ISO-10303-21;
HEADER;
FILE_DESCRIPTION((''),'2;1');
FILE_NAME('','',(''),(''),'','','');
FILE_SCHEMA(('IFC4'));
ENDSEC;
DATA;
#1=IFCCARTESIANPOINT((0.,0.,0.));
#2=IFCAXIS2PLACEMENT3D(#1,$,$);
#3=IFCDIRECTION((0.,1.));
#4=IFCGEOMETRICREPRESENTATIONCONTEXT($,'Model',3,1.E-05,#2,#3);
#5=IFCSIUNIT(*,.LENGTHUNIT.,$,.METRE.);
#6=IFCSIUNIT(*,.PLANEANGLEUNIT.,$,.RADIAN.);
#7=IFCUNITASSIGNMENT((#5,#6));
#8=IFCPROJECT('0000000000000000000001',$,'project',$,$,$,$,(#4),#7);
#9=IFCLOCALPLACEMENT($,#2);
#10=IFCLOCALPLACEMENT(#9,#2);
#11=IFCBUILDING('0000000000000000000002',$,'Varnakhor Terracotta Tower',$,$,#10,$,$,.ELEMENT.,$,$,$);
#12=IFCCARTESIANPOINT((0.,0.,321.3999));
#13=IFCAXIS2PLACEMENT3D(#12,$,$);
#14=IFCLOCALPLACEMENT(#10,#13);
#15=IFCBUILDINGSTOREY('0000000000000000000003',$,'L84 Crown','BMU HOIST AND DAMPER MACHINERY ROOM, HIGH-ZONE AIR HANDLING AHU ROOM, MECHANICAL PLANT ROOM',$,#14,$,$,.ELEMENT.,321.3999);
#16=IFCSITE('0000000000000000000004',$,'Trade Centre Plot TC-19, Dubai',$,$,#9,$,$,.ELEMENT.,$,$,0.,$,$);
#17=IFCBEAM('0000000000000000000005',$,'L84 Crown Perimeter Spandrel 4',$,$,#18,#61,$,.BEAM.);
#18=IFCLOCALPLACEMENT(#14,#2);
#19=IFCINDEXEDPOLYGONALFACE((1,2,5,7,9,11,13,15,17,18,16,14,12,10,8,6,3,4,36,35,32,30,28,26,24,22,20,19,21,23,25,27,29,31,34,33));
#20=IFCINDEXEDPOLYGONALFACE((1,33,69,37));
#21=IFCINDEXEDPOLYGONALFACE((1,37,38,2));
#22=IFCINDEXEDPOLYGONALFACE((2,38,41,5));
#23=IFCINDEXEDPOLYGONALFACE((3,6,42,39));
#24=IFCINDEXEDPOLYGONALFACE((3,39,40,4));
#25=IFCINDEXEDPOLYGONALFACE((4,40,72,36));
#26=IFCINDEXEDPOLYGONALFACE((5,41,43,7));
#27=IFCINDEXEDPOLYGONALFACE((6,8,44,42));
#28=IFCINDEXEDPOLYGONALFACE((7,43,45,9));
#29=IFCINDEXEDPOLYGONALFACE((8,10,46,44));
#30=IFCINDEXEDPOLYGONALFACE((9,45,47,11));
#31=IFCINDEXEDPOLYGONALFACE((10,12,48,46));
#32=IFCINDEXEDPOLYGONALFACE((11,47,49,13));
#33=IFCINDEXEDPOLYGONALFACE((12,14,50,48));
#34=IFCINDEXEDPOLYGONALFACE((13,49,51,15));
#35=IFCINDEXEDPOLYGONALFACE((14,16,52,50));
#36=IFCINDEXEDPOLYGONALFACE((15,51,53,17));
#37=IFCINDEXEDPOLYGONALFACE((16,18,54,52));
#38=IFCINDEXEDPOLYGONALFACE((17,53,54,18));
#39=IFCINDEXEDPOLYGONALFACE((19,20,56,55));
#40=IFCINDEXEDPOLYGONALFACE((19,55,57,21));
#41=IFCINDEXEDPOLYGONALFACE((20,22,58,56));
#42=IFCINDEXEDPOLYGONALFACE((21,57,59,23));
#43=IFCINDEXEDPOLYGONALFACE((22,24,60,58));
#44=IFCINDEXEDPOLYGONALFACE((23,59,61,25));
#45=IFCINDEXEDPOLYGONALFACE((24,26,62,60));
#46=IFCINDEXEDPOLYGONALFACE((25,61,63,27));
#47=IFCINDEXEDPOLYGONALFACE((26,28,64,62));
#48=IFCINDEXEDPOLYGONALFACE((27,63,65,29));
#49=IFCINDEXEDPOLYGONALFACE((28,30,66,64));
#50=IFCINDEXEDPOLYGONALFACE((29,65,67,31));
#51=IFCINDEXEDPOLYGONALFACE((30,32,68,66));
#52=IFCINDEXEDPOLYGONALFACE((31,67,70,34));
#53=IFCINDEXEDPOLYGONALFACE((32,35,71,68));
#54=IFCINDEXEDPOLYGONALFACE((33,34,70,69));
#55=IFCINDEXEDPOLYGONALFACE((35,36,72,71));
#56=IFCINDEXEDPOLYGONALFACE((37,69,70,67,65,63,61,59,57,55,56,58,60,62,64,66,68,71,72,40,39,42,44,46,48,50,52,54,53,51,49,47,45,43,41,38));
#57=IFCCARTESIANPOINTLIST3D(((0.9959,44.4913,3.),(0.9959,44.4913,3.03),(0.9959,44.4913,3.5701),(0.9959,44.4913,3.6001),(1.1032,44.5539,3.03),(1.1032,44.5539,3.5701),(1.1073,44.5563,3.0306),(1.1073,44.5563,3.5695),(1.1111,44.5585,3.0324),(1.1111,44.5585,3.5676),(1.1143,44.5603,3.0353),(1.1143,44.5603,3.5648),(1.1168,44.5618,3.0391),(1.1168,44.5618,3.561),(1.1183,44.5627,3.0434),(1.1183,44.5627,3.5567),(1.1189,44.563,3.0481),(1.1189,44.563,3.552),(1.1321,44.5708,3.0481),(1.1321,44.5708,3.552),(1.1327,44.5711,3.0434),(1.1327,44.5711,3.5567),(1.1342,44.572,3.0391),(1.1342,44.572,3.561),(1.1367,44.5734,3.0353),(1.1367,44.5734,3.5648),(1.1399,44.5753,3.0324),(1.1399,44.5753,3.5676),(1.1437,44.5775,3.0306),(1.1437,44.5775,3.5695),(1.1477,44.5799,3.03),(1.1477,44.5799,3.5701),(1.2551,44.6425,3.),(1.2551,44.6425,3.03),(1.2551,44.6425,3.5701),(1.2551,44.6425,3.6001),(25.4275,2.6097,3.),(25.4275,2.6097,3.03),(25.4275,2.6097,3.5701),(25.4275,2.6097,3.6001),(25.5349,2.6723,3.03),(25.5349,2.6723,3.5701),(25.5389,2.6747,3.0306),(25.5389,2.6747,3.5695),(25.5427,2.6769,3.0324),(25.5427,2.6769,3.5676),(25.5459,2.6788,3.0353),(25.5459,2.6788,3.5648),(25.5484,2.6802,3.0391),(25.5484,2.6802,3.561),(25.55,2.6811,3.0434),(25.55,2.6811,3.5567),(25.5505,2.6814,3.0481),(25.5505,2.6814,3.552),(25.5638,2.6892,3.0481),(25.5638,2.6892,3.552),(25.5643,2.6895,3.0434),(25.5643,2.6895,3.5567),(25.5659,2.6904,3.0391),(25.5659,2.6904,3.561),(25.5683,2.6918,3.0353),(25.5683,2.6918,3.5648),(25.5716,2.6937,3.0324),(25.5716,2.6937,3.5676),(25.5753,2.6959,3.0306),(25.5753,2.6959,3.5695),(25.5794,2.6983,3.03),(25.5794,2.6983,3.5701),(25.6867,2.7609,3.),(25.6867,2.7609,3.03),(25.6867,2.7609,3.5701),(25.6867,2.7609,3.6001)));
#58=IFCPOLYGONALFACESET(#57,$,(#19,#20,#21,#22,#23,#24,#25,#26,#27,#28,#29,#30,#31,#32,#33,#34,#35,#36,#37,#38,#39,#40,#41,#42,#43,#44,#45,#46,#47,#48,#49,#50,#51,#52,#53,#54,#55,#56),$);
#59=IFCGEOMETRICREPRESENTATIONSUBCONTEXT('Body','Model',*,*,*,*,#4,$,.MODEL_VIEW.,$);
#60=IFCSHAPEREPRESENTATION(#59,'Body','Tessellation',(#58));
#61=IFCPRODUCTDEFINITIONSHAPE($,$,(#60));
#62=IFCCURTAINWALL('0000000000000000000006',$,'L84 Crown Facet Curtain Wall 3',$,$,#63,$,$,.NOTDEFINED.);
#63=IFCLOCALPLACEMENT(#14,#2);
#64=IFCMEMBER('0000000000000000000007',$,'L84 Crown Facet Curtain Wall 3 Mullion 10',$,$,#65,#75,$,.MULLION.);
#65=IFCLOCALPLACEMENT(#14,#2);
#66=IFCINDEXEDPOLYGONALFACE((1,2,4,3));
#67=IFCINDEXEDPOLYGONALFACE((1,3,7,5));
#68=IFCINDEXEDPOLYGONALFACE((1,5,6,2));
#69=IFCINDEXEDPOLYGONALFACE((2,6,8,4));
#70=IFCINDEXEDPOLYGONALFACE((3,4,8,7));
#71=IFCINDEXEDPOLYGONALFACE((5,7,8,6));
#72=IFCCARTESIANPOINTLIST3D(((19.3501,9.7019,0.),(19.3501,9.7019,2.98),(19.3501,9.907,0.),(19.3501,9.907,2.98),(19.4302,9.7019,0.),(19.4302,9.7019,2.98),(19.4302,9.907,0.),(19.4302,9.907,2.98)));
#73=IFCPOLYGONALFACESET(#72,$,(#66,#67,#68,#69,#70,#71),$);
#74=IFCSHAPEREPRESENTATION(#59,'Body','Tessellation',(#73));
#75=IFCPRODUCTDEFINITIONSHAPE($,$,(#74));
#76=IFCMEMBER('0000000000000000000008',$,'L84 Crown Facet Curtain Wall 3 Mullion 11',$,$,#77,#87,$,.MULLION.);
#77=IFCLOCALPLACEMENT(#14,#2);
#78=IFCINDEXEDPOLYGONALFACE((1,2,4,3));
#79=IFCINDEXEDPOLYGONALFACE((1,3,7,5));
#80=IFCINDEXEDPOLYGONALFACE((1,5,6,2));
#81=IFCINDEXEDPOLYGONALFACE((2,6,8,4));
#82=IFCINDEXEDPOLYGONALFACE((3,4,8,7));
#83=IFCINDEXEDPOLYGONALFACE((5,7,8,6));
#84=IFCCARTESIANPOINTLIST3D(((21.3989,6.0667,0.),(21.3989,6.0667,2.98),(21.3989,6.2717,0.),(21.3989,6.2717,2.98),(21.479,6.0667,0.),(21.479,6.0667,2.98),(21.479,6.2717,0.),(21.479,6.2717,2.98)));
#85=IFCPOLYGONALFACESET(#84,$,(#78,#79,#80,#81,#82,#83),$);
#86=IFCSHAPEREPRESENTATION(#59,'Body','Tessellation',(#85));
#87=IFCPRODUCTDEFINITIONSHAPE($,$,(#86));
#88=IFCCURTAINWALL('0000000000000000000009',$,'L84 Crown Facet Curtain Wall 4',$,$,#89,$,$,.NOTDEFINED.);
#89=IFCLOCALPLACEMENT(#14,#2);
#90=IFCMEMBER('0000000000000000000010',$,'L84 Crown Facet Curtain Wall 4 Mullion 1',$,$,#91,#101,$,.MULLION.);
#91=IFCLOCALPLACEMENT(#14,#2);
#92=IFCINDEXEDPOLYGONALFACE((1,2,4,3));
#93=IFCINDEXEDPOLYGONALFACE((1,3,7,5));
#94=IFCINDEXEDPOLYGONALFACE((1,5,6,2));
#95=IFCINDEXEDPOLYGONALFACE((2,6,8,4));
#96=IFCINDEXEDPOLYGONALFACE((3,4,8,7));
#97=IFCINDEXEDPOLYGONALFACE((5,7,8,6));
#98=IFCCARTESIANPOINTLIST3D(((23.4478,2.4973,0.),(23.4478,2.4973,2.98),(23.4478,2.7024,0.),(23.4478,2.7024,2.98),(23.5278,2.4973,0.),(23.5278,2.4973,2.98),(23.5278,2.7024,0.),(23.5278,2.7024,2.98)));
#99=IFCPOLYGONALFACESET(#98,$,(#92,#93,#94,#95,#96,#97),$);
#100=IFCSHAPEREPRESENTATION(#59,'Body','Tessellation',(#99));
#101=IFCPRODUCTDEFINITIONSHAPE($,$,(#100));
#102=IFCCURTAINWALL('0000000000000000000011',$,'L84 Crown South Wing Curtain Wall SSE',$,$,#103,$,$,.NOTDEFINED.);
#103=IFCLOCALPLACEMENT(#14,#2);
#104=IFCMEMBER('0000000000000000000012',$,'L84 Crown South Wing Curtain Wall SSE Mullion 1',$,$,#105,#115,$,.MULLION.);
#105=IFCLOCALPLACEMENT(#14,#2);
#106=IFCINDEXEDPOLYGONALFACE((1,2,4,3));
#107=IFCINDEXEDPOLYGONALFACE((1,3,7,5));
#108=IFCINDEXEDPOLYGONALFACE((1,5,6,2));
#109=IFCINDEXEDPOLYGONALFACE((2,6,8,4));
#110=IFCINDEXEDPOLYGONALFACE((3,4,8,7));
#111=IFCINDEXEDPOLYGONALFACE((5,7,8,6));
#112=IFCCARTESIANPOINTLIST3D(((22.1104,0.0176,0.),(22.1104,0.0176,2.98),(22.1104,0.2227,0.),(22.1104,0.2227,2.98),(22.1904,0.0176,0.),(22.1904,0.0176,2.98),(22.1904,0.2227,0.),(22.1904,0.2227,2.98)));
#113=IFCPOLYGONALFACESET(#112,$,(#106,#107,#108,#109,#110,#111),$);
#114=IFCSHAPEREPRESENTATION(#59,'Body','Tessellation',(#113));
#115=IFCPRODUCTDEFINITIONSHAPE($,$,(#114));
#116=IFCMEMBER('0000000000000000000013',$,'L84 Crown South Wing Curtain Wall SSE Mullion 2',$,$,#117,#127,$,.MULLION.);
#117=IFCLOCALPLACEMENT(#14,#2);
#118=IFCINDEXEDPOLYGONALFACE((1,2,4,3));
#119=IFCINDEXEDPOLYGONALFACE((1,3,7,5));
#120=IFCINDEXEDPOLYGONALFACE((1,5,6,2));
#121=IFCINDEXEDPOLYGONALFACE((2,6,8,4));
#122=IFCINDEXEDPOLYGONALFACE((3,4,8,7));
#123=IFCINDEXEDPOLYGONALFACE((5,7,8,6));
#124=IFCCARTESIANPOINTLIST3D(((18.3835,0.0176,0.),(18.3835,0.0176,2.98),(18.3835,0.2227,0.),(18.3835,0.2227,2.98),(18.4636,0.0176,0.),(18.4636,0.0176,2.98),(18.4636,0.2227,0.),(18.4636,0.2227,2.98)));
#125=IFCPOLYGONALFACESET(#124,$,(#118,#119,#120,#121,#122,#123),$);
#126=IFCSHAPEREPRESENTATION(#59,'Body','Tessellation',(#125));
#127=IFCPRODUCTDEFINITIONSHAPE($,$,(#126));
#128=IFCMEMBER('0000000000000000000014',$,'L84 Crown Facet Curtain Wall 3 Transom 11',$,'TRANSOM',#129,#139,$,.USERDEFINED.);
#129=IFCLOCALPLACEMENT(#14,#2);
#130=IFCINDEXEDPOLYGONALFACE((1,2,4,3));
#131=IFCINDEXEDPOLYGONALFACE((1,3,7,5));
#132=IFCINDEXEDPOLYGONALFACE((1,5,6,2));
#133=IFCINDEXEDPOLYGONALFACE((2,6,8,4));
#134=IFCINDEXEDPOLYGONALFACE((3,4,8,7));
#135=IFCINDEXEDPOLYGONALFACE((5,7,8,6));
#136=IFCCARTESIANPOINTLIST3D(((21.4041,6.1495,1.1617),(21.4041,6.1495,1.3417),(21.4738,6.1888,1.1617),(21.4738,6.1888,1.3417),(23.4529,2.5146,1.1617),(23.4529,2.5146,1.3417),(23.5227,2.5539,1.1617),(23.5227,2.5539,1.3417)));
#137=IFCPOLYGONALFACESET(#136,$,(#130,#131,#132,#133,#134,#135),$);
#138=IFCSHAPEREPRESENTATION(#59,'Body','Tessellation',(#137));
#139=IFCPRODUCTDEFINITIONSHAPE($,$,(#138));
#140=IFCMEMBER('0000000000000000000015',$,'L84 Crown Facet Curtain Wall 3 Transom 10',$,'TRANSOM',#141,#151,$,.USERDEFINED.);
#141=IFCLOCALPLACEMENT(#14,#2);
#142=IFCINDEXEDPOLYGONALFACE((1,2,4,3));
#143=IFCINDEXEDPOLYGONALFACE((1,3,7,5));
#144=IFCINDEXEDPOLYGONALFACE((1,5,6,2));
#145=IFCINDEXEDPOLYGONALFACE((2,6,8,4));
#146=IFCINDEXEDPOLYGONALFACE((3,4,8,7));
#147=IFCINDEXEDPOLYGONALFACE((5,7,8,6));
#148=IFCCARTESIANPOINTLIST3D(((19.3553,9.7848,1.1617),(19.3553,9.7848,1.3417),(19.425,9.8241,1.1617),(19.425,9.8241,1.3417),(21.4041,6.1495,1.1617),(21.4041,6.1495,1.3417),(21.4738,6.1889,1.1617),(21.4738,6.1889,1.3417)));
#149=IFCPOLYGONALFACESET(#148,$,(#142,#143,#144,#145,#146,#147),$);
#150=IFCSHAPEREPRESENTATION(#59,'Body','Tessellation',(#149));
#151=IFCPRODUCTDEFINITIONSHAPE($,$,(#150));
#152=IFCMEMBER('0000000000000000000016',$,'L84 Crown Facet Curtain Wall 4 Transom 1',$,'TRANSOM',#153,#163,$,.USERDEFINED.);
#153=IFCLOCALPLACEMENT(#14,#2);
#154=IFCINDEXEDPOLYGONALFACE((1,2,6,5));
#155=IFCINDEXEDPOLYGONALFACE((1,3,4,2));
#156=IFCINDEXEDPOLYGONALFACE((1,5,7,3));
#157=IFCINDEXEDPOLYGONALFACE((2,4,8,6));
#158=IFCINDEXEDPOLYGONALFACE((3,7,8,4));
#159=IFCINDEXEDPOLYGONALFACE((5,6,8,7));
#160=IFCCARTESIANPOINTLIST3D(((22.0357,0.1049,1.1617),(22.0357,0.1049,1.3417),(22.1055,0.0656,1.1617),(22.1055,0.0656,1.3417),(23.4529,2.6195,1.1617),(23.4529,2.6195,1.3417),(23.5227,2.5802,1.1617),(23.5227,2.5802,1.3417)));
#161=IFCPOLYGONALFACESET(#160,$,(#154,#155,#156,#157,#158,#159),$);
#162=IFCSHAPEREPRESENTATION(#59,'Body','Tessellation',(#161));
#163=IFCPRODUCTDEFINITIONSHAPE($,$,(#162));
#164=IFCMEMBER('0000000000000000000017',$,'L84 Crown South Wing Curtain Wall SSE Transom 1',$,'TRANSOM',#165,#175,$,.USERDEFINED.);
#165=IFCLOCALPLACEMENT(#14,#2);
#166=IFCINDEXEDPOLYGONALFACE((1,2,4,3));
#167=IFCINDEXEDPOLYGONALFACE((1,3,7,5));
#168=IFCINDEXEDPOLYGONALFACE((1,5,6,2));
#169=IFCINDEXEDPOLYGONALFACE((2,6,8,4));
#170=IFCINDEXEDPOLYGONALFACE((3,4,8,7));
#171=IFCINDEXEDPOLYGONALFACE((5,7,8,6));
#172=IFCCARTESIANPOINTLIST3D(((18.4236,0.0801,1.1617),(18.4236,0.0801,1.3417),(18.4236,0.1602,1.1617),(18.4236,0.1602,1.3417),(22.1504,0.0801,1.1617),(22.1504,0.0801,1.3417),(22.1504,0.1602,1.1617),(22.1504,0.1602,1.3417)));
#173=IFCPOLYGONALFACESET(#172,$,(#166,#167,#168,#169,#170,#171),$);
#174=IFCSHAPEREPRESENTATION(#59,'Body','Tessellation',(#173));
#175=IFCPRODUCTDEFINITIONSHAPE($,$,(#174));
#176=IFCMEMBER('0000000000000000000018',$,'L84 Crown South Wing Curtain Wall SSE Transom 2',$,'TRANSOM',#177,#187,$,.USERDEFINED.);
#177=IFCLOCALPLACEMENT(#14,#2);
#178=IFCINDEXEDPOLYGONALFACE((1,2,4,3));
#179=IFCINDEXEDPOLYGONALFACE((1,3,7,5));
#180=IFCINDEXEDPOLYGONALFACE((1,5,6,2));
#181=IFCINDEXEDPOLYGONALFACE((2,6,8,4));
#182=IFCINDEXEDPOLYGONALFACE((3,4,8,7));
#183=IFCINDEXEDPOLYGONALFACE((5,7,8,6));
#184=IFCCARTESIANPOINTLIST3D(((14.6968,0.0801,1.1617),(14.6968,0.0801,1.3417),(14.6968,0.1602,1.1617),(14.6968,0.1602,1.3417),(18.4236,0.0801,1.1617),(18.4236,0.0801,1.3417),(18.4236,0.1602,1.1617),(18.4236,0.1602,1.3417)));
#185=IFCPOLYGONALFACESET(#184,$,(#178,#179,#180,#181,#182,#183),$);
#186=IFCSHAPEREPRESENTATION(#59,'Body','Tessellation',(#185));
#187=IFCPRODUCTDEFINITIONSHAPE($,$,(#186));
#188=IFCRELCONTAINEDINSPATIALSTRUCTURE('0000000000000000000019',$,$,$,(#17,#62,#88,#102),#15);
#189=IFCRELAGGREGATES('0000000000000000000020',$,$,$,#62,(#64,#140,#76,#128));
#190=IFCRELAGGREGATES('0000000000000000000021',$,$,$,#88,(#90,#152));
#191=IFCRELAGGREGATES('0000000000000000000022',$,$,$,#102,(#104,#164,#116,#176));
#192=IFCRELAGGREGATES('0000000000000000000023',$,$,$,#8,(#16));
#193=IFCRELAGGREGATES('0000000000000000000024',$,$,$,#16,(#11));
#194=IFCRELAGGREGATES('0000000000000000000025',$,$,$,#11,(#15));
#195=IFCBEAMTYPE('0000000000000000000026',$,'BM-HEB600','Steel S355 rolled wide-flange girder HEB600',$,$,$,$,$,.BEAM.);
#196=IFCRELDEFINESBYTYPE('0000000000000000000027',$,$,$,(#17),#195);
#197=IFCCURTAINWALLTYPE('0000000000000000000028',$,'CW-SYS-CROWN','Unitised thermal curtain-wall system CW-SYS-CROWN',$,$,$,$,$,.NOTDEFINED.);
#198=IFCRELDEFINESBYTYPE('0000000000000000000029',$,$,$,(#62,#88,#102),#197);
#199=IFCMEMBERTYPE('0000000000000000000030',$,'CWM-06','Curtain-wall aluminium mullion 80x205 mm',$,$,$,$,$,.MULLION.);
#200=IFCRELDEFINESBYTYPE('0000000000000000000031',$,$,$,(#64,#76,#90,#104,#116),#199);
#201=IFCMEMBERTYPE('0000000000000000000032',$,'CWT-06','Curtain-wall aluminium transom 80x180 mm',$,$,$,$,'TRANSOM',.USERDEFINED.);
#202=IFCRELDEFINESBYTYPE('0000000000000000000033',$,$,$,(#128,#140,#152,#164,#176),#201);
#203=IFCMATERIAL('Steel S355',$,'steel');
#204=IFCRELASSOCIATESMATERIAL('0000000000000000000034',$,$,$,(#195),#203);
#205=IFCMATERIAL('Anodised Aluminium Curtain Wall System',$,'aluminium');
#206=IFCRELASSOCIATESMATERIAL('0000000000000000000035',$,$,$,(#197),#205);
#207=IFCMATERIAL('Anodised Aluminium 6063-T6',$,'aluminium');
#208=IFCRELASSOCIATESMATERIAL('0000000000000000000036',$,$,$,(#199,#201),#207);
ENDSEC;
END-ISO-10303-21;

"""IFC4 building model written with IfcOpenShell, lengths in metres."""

from ifc_helpers import new_model, si_unit, direction, frame, origin, origin_2d, place, context, subcontext, project, spatial, rectangle, i_section, extrude, source, transform, mapped, material, material_profile, profile_set, type_object, type_shapes, element, aggregate, save


model = new_model("IFC4")

# Units and contexts
model_context = context("Model", 3, precision=1e-05, world=origin(), true_north=direction((0.0, 1.0)))
body_context = subcontext(model_context, "Body", "Model", "MODEL_VIEW")
ifc_project = project(units=[si_unit("LENGTHUNIT", "METRE"), si_unit("PLANEANGLEUNIT", "RADIAN")], contexts=[model_context])

# Site, building, storey
site_placement = place(None, origin())
site = spatial("IfcSite", under=ifc_project, at=site_placement, Name="Trade Centre Plot TC-19, Dubai", CompositionType="ELEMENT", RefElevation=0.0)
building_placement = place(site_placement, origin())
building = spatial("IfcBuilding", under=site, at=building_placement, Name="Varnakhor Terracotta Tower", CompositionType="ELEMENT")
storey_placement = place(building_placement, frame((0.0, 0.0, 321.3999)))
storey = spatial("IfcBuildingStorey", under=building, at=storey_placement, Name="L84 Crown", Description="BMU HOIST AND DAMPER MACHINERY ROOM, HIGH-ZONE AIR HANDLING AHU ROOM, MECHANICAL PLANT ROOM", CompositionType="ELEMENT", Elevation=321.3999)

# Shared definitions
ifc_material_1 = material(Name="Steel S355", Category="steel")

# Beam
ifc_material_profile_1 = material_profile(ifc_material_1, i_section(OverallWidth=0.3, OverallDepth=0.6001, WebThickness=0.0154, FlangeThickness=0.03, FilletRadius=0.0181, at=origin_2d()), Name="HEB600")
ifc_profile_set_1 = profile_set([ifc_material_profile_1], Name="Steel S355")
beam_type = type_object("IfcBeamType", Name="BM-HEB600", Description="Steel S355 rolled wide-flange girder HEB600", PredefinedType="BEAM", material=ifc_profile_set_1)
shared_shape_1 = source(origin(), body_context, "Body", "SweptSolid", [
    extrude(i_section(OverallWidth=0.3, OverallDepth=0.6001, WebThickness=0.0154, FlangeThickness=0.03, FilletRadius=0.0181, at=origin_2d()), origin(), (0.0, 0.0, 1.0), 48.4868),
])
beam_1_placement = place(storey_placement, frame((25.5571, 2.6853, 3.3), z_axis=(-0.503882, 0.863773, 0.0), x_axis=(-0.863773, -0.503882, 0.0)))
element("IfcBeam", 1, at=beam_1_placement, inside=storey, type_object=beam_type, Name="L84 Crown Perimeter Spandrel 4", PredefinedType="BEAM", context=body_context, shape_type="MappedRepresentation", body=[
    mapped(shared_shape_1, transform((0.0, 0.0, 0.0), scale=1.0)),
])

# Curtain wall, members
ifc_material_2 = material(Name="Anodised Aluminium Curtain Wall System", Category="aluminium")
curtain_wall_type = type_object("IfcCurtainWallType", Name="CW-SYS-CROWN", Description="Unitised thermal curtain-wall system CW-SYS-CROWN", PredefinedType="NOTDEFINED", material=ifc_material_2)
curtain_wall_1_placement = place(storey_placement, origin())
curtain_wall_1 = element("IfcCurtainWall", 2, at=curtain_wall_1_placement, inside=storey, type_object=curtain_wall_type, Name="L84 Crown Facet Curtain Wall 3", PredefinedType="NOTDEFINED")
ifc_material_3 = material(Name="Anodised Aluminium 6063-T6", Category="aluminium")
ifc_material_profile_2 = material_profile(ifc_material_3, rectangle(XDim=0.0801, YDim=0.2051, at=origin_2d()), Name="ALU MULLION 80x205")
ifc_profile_set_2 = profile_set([ifc_material_profile_2], Name="Anodised Aluminium 6063-T6")
member_type_1 = type_object("IfcMemberType", Name="CWM-06", Description="Curtain-wall aluminium mullion 80x205 mm", PredefinedType="MULLION", material=ifc_profile_set_2)
shared_shape_2 = source(origin(), body_context, "Body", "SweptSolid", [
    extrude(rectangle(XDim=0.0801, YDim=0.2051, at=origin_2d()), origin(), (0.0, 0.0, 1.0), 2.98),
])
type_shapes(member_type_1, [shared_shape_2])
member_1_placement = place(storey_placement, frame((19.3901, 9.8044, 0.0), z_axis=(0.0, 0.0, 1.0), x_axis=(1.0, 0.0, 0.0)))
member_1 = element("IfcMember", 3, at=member_1_placement, type_object=member_type_1, Name="L84 Crown Facet Curtain Wall 3 Mullion 10", PredefinedType="MULLION", context=body_context, shape_type="MappedRepresentation", body=[
    mapped(shared_shape_2, transform((0.0, 0.0, 0.0), scale=1.0)),
])
member_2_placement = place(storey_placement, frame((21.439, 6.1692, 0.0), z_axis=(0.0, 0.0, 1.0), x_axis=(1.0, 0.0, 0.0)))
member_2 = element("IfcMember", 4, at=member_2_placement, type_object=member_type_1, Name="L84 Crown Facet Curtain Wall 3 Mullion 11", PredefinedType="MULLION", context=body_context, shape_type="MappedRepresentation", body=[
    mapped(shared_shape_2, transform((0.0, 0.0, 0.0), scale=1.0)),
])

# Curtain wall, member
curtain_wall_2_placement = place(storey_placement, origin())
curtain_wall_2 = element("IfcCurtainWall", 5, at=curtain_wall_2_placement, inside=storey, type_object=curtain_wall_type, Name="L84 Crown Facet Curtain Wall 4", PredefinedType="NOTDEFINED")
member_3_placement = place(storey_placement, frame((23.4878, 2.5999, 0.0), z_axis=(0.0, 0.0, 1.0), x_axis=(1.0, 0.0, 0.0)))
member_3 = element("IfcMember", 6, at=member_3_placement, type_object=member_type_1, Name="L84 Crown Facet Curtain Wall 4 Mullion 1", PredefinedType="MULLION", context=body_context, shape_type="MappedRepresentation", body=[
    mapped(shared_shape_2, transform((0.0, 0.0, 0.0), scale=1.0)),
])

# Curtain wall, members
curtain_wall_3_placement = place(storey_placement, origin())
curtain_wall_3 = element("IfcCurtainWall", 7, at=curtain_wall_3_placement, inside=storey, type_object=curtain_wall_type, Name="L84 Crown South Wing Curtain Wall SSE", PredefinedType="NOTDEFINED")
member_4_placement = place(storey_placement, frame((22.1504, 0.1201, 0.0), z_axis=(0.0, 0.0, 1.0), x_axis=(1.0, 0.0, 0.0)))
member_4 = element("IfcMember", 8, at=member_4_placement, type_object=member_type_1, Name="L84 Crown South Wing Curtain Wall SSE Mullion 1", PredefinedType="MULLION", context=body_context, shape_type="MappedRepresentation", body=[
    mapped(shared_shape_2, transform((0.0, 0.0, 0.0), scale=1.0)),
])
member_5_placement = place(storey_placement, frame((18.4236, 0.1201, 0.0), z_axis=(0.0, 0.0, 1.0), x_axis=(1.0, 0.0, 0.0)))
member_5 = element("IfcMember", 9, at=member_5_placement, type_object=member_type_1, Name="L84 Crown South Wing Curtain Wall SSE Mullion 2", PredefinedType="MULLION", context=body_context, shape_type="MappedRepresentation", body=[
    mapped(shared_shape_2, transform((0.0, 0.0, 0.0), scale=1.0)),
])

# Members
ifc_material_profile_3 = material_profile(ifc_material_3, rectangle(XDim=0.0801, YDim=0.1799, at=origin_2d()), Name="ALU TRANSOM 80x180")
ifc_profile_set_3 = profile_set([ifc_material_profile_3], Name="Anodised Aluminium 6063-T6")
member_type_2 = type_object("IfcMemberType", Name="CWT-06", Description="Curtain-wall aluminium transom 80x180 mm", ElementType="TRANSOM", PredefinedType="USERDEFINED", material=ifc_profile_set_3)
shared_shape_3 = source(origin(), body_context, "Body", "SweptSolid", [
    extrude(rectangle(XDim=0.0801, YDim=0.1799, at=origin_2d()), origin(), (0.0, 0.0, 1.0), 4.1726),
])
member_6_placement = place(storey_placement, frame((21.439, 6.1692, 1.2517), z_axis=(0.491014, -0.871152, 0.0), x_axis=(0.871152, 0.491014, 0.0)))
member_6 = element("IfcMember", 10, at=member_6_placement, type_object=member_type_2, Name="L84 Crown Facet Curtain Wall 3 Transom 11", ObjectType="TRANSOM", PredefinedType="USERDEFINED", context=body_context, shape_type="MappedRepresentation", body=[
    mapped(shared_shape_3, transform((0.0, 0.0, 0.0), scale=1.0)),
])
shared_shape_4 = source(origin(), body_context, "Body", "SweptSolid", [
    extrude(rectangle(XDim=0.0801, YDim=0.1799, at=origin_2d()), origin(), (0.0, 0.0, 1.0), 4.1729),
])
member_7_placement = place(storey_placement, frame((19.3901, 9.8044, 1.2517), z_axis=(0.490989, -0.871166, 0.0), x_axis=(0.871166, 0.490989, 0.0)))
member_7 = element("IfcMember", 11, at=member_7_placement, type_object=member_type_2, Name="L84 Crown Facet Curtain Wall 3 Transom 10", ObjectType="TRANSOM", PredefinedType="USERDEFINED", context=body_context, shape_type="MappedRepresentation", body=[
    mapped(shared_shape_4, transform((0.0, 0.0, 0.0), scale=1.0)),
])
shared_shape_5 = source(origin(), body_context, "Body", "SweptSolid", [
    extrude(rectangle(XDim=0.0801, YDim=0.1799, at=origin_2d()), origin(), (0.0, 0.0, 1.0), 2.8865),
])
member_8_placement = place(storey_placement, frame((23.4878, 2.5999, 1.2517), z_axis=(-0.490984, -0.871169, 0.0), x_axis=(0.871169, -0.490984, 0.0)))
member_8 = element("IfcMember", 12, at=member_8_placement, type_object=member_type_2, Name="L84 Crown Facet Curtain Wall 4 Transom 1", ObjectType="TRANSOM", PredefinedType="USERDEFINED", context=body_context, shape_type="MappedRepresentation", body=[
    mapped(shared_shape_5, transform((0.0, 0.0, 0.0), scale=1.0)),
])
shared_shape_6 = source(origin(), body_context, "Body", "SweptSolid", [
    extrude(rectangle(XDim=0.0801, YDim=0.1799, at=origin_2d()), origin(), (0.0, 0.0, 1.0), 3.7268),
])
member_9_placement = place(storey_placement, frame((22.1504, 0.1201, 1.2517), z_axis=(-1.0, 0.0, 0.0), x_axis=(0.0, -1.0, 0.0)))
member_9 = element("IfcMember", 13, at=member_9_placement, type_object=member_type_2, Name="L84 Crown South Wing Curtain Wall SSE Transom 1", ObjectType="TRANSOM", PredefinedType="USERDEFINED", context=body_context, shape_type="MappedRepresentation", body=[
    mapped(shared_shape_6, transform((0.0, 0.0, 0.0), scale=1.0)),
])
member_10_placement = place(storey_placement, frame((18.4236, 0.1201, 1.2517), z_axis=(-1.0, 0.0, 0.0), x_axis=(0.0, -1.0, 0.0)))
member_10 = element("IfcMember", 14, at=member_10_placement, type_object=member_type_2, Name="L84 Crown South Wing Curtain Wall SSE Transom 2", ObjectType="TRANSOM", PredefinedType="USERDEFINED", context=body_context, shape_type="MappedRepresentation", body=[
    mapped(shared_shape_6, transform((0.0, 0.0, 0.0), scale=1.0)),
])

aggregate(curtain_wall_1, [member_1, member_7, member_2, member_6])
aggregate(curtain_wall_2, [member_3, member_8])
aggregate(curtain_wall_3, [member_4, member_9, member_5, member_10])

save(model, "model.ifc")
